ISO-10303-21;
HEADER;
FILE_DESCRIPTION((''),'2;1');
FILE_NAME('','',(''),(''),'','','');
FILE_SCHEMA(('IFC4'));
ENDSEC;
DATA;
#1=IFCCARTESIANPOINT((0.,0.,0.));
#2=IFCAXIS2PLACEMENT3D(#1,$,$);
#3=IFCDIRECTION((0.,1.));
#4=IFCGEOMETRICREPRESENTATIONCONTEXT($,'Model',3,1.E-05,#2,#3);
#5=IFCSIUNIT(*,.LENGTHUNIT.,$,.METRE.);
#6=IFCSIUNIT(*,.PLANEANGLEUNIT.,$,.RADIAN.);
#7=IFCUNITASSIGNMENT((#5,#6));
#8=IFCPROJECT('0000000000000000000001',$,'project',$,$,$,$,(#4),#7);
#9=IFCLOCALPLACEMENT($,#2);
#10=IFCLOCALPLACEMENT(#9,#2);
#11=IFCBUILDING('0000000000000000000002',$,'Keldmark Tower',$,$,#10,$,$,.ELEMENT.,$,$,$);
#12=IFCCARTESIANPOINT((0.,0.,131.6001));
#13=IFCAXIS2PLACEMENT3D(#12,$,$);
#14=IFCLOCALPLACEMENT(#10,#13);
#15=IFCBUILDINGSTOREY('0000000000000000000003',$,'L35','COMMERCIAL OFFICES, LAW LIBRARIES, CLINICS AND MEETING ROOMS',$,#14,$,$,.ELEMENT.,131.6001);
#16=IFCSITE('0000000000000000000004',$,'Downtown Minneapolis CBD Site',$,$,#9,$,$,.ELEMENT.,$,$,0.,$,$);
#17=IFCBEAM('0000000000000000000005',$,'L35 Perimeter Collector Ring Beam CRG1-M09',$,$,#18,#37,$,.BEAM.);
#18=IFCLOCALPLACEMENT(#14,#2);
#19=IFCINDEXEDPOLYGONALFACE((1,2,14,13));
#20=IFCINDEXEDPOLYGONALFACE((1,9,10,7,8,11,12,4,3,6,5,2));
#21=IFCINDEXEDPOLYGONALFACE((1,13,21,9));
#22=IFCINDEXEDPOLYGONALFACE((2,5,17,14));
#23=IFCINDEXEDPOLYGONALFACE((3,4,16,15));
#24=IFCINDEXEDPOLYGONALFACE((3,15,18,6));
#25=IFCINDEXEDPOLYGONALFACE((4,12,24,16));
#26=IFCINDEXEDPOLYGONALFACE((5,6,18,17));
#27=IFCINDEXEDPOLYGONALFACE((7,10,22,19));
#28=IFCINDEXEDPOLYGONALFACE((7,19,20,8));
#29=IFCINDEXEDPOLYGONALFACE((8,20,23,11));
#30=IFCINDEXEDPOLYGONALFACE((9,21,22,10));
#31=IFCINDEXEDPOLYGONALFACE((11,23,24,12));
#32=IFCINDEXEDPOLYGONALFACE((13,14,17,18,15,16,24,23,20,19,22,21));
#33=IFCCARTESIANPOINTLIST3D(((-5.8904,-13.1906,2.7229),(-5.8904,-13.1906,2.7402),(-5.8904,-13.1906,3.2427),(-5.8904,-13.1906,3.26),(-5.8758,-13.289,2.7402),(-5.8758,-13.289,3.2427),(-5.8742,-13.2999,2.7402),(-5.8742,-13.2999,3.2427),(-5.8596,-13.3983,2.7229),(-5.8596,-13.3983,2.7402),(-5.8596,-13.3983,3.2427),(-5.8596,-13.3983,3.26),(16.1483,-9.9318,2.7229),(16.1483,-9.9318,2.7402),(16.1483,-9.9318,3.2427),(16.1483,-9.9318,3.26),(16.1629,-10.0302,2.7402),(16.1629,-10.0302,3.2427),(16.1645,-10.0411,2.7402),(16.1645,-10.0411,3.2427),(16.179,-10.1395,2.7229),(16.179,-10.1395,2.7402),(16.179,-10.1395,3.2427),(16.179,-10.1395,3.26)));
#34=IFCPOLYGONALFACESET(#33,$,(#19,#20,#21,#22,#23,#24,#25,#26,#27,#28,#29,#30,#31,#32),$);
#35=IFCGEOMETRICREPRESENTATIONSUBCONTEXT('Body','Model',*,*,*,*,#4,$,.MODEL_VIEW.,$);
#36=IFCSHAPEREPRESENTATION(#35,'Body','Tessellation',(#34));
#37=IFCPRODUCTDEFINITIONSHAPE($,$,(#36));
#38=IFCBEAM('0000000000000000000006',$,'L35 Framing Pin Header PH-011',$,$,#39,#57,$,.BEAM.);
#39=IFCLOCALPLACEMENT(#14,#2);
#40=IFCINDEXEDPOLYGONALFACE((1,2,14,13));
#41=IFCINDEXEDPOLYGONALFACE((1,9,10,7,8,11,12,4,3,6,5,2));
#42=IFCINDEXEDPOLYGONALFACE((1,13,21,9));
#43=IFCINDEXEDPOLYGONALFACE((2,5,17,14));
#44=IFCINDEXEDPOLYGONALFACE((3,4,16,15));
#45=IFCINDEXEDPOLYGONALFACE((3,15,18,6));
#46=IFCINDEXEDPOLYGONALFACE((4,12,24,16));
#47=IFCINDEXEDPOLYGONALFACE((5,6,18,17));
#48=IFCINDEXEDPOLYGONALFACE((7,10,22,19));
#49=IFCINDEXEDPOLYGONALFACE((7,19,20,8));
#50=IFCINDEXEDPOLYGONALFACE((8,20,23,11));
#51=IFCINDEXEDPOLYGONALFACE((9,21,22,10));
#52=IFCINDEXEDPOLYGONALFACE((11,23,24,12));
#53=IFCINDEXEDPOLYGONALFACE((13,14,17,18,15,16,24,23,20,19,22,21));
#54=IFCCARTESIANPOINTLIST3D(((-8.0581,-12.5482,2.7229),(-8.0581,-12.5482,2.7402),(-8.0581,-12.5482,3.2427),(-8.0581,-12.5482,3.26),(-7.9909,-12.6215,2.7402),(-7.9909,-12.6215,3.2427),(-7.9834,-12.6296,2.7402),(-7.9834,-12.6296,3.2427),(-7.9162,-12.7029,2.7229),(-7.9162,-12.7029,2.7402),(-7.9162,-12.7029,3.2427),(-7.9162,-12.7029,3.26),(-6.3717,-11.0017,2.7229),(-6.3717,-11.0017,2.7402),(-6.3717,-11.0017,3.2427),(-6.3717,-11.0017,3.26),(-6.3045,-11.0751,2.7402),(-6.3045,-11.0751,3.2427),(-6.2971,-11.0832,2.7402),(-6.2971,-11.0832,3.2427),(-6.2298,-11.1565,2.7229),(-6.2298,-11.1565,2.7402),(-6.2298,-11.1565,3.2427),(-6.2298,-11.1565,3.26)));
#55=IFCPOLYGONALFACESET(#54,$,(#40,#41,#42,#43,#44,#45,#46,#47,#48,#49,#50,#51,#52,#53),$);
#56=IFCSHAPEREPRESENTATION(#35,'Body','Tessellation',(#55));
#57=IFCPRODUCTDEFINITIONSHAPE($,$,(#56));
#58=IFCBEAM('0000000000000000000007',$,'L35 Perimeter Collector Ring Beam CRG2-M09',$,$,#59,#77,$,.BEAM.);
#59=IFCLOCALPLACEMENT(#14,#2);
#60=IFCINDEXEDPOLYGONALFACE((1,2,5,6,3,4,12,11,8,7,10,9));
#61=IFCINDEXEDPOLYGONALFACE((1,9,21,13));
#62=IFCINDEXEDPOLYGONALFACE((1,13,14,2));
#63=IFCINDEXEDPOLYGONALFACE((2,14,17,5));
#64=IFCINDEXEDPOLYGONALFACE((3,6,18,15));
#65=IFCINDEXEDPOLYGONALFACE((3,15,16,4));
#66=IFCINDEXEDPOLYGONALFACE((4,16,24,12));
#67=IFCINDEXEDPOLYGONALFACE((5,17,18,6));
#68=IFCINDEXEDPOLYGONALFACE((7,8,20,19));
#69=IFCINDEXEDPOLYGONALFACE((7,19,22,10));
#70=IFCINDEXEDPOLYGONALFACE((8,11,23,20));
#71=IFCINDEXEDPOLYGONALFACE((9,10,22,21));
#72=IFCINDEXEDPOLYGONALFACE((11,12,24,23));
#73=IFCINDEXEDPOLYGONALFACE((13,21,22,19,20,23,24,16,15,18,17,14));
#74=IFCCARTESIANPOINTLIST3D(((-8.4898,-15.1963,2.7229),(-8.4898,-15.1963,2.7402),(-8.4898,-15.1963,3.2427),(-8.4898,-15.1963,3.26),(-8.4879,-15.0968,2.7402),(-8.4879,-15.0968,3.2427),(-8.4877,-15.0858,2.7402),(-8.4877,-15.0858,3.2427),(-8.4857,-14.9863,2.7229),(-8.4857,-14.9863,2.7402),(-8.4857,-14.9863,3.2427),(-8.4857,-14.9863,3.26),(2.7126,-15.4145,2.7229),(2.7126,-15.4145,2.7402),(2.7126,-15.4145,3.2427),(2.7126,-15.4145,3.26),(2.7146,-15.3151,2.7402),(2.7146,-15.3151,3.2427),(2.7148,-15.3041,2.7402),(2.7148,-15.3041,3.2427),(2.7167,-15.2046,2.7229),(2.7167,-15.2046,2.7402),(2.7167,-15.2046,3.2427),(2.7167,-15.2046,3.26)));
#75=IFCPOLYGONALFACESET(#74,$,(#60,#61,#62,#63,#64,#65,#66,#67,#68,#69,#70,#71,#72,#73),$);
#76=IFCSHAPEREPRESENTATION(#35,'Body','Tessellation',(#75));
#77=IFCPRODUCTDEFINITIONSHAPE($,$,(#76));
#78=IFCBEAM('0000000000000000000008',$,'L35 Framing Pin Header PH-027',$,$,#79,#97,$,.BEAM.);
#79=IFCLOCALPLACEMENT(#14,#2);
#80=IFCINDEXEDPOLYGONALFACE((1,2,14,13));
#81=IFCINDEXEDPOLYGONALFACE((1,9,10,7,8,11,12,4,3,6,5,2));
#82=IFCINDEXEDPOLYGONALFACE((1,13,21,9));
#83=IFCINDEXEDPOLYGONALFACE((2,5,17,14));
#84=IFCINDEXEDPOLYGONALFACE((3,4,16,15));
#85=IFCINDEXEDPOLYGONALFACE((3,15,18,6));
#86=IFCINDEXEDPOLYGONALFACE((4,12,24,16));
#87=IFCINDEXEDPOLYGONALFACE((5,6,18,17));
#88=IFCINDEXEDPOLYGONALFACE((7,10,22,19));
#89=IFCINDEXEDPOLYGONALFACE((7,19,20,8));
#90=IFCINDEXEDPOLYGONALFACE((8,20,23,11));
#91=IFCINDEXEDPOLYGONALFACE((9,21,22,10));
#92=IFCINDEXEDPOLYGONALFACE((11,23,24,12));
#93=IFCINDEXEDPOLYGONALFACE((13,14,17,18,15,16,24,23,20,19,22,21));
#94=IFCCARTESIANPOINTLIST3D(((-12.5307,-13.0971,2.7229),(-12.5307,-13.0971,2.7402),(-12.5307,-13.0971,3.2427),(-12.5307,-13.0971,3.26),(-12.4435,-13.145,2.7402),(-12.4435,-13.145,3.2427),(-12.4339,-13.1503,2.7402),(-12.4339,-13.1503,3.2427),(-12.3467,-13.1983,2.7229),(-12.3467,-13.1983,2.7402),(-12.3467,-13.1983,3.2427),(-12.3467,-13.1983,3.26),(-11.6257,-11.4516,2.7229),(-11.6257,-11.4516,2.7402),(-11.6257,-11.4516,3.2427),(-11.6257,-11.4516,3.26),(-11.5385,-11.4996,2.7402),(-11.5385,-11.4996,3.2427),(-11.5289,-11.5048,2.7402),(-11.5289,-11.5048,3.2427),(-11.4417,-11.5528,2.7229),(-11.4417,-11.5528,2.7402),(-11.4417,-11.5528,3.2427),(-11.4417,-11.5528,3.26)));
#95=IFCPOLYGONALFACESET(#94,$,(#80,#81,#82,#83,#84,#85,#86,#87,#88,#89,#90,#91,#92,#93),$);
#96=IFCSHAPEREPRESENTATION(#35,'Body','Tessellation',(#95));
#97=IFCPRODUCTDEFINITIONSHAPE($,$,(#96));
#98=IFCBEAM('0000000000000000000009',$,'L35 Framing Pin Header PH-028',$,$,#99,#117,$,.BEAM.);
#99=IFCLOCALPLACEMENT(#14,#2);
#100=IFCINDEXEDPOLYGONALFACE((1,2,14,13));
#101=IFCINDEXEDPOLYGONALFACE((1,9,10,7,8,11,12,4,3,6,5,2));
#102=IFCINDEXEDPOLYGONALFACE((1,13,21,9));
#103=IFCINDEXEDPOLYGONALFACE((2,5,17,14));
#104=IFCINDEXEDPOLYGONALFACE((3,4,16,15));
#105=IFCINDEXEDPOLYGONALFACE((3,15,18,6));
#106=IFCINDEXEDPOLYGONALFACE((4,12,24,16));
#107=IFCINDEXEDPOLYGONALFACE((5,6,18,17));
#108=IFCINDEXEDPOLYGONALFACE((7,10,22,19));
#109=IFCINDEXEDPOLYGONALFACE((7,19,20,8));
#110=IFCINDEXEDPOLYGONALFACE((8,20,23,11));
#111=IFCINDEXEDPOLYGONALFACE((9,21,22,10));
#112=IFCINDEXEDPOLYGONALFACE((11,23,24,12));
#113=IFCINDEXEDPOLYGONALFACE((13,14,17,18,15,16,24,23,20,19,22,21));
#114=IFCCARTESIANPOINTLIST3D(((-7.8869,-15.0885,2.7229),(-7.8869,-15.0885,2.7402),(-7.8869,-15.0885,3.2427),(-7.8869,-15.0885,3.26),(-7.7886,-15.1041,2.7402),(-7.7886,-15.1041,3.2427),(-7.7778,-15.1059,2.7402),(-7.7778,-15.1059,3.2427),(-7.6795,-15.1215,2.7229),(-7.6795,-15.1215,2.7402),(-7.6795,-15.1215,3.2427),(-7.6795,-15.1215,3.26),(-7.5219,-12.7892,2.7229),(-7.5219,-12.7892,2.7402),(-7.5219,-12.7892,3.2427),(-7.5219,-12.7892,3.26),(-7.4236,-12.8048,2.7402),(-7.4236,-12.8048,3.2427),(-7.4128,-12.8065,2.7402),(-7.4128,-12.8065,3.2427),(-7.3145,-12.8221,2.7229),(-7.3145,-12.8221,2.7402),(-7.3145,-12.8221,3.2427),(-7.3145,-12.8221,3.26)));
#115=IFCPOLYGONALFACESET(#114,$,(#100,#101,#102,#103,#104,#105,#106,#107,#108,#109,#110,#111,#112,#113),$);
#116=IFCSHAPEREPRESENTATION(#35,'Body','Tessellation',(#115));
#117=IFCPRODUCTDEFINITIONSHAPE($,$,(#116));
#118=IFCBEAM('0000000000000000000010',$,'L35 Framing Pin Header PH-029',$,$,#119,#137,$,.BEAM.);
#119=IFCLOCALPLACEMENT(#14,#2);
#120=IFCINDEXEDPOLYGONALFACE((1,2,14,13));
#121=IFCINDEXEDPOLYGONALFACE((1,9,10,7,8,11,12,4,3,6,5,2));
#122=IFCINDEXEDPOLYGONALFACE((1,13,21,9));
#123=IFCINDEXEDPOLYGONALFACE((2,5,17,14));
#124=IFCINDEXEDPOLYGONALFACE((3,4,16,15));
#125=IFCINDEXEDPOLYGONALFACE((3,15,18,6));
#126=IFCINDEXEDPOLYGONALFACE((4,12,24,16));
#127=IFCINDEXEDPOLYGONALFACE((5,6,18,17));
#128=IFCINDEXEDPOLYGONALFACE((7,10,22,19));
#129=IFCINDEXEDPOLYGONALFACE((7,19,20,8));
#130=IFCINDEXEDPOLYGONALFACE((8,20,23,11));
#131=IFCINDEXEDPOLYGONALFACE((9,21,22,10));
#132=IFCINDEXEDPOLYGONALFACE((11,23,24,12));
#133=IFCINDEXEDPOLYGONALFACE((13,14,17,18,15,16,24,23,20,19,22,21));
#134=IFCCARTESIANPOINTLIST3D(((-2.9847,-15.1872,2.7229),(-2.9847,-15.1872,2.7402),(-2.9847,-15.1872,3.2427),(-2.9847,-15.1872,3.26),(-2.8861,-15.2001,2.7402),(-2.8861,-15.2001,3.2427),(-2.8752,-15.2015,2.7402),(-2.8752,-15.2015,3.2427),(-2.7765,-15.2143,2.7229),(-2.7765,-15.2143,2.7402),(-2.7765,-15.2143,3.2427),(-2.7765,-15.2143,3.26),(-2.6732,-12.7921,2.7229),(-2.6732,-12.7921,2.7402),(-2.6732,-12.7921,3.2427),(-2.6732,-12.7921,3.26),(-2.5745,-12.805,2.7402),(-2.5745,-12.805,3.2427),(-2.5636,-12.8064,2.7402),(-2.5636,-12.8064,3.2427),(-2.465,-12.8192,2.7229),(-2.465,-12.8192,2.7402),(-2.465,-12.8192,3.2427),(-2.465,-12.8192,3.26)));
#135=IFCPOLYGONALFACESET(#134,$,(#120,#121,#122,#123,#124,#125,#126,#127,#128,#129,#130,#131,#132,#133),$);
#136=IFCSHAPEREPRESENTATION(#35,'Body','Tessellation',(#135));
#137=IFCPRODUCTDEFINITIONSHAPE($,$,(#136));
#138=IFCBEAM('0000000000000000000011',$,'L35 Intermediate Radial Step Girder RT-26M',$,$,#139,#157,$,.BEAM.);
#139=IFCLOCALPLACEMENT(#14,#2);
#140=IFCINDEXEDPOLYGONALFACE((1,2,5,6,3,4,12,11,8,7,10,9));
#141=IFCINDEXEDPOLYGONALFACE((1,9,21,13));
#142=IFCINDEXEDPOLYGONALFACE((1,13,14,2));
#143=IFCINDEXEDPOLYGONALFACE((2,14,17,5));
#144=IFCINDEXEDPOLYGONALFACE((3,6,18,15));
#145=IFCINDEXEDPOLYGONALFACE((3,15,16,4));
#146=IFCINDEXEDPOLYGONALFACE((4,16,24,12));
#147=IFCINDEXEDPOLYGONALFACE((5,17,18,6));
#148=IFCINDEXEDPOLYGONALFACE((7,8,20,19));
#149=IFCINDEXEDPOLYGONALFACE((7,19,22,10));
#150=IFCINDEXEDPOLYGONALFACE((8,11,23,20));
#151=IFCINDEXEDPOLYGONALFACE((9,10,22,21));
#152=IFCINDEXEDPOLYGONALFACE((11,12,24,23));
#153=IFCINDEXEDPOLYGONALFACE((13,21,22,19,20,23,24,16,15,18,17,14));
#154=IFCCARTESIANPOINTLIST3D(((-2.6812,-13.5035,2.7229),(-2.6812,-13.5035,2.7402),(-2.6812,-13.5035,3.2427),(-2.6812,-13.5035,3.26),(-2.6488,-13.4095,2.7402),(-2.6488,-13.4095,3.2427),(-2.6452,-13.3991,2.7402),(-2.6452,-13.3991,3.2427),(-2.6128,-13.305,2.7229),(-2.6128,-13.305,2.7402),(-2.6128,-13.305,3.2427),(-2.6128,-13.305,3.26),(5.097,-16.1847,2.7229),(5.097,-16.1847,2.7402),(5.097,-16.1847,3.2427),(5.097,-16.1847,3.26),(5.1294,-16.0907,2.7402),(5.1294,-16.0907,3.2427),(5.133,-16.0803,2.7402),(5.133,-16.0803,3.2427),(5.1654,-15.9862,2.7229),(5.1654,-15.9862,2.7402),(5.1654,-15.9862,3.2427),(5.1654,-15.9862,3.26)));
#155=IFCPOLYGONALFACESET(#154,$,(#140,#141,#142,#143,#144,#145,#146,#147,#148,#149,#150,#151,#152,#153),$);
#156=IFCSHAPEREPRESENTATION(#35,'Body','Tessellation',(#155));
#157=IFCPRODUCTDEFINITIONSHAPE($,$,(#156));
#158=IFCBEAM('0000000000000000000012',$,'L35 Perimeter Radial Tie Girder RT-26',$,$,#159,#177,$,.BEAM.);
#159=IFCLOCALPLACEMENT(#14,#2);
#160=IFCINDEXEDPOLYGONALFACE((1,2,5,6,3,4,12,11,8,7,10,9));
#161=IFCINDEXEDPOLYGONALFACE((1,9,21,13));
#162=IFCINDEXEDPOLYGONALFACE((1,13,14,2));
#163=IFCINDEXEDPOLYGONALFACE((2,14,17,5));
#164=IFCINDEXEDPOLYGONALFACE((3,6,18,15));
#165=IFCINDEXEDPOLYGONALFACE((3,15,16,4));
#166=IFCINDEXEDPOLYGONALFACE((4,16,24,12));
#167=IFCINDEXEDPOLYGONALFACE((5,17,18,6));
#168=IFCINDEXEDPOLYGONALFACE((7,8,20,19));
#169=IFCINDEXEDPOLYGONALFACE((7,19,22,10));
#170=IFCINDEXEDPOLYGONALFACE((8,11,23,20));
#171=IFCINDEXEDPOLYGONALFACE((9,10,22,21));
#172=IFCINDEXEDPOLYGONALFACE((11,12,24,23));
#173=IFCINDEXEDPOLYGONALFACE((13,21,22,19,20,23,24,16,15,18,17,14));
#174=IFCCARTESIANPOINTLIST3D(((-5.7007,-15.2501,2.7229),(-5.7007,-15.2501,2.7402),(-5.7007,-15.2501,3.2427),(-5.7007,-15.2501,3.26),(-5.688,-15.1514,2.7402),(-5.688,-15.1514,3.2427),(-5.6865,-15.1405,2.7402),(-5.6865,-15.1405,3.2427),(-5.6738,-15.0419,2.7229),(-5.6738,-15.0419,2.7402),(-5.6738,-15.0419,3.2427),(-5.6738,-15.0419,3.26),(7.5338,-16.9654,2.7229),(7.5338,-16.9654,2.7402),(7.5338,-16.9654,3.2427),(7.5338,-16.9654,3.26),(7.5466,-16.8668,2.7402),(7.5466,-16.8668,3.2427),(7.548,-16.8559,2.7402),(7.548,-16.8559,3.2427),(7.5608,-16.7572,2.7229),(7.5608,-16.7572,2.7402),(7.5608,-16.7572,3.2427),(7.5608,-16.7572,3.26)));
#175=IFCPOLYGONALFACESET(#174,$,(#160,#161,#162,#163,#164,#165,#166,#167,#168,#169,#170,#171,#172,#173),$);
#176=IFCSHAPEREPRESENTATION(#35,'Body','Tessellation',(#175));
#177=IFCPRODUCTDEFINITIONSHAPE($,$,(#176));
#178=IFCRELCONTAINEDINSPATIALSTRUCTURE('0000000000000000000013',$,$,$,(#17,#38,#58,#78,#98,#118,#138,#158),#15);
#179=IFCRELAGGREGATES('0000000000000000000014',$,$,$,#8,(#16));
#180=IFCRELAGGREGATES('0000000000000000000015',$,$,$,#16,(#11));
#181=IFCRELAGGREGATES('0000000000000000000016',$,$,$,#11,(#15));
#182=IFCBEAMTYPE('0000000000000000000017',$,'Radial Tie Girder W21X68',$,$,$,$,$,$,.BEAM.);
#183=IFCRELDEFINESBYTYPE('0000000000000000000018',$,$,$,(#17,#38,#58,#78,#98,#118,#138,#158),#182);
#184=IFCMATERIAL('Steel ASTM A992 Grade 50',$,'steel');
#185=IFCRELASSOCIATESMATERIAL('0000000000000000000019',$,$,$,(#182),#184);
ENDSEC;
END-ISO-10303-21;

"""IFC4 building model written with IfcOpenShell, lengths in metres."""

from ifc_helpers import new_model, si_unit, direction, frame, origin, origin_2d, place, context, subcontext, project, spatial, i_section, extrude, material, material_profile, profile_set, type_object, element, save


model = new_model("IFC4")

# Units and contexts
model_context = context("Model", 3, precision=1e-05, world=origin(), true_north=direction((0.0, 1.0)))
body_context = subcontext(model_context, "Body", "Model", "MODEL_VIEW")
ifc_project = project(units=[si_unit("LENGTHUNIT", "METRE"), si_unit("PLANEANGLEUNIT", "RADIAN")], contexts=[model_context])

# Site, building, storey
site_placement = place(None, origin())
site = spatial("IfcSite", under=ifc_project, at=site_placement, Name="Downtown Minneapolis CBD Site", CompositionType="ELEMENT", RefElevation=0.0)
building_placement = place(site_placement, origin())
building = spatial("IfcBuilding", under=site, at=building_placement, Name="Keldmark Tower", CompositionType="ELEMENT")
storey_placement = place(building_placement, frame((0.0, 0.0, 131.6001)))
storey = spatial("IfcBuildingStorey", under=building, at=storey_placement, Name="L35", Description="COMMERCIAL OFFICES, LAW LIBRARIES, CLINICS AND MEETING ROOMS", CompositionType="ELEMENT", Elevation=131.6001)

# Beams
ifc_material_1 = material(Name="Steel ASTM A992 Grade 50", Category="steel")
ifc_material_profile_1 = material_profile(ifc_material_1, i_section(OverallWidth=0.21, OverallDepth=0.5371, WebThickness=0.011, FlangeThickness=0.0173, at=origin_2d()), Name="W21X68")
ifc_profile_set_1 = profile_set([ifc_material_profile_1], Name="Steel ASTM A992 Grade 50")
beam_type_1 = type_object("IfcBeamType", Name="Radial Tie Girder W21X68", PredefinedType="BEAM", material=ifc_profile_set_1)
beam_1_placement = place(storey_placement, frame((-5.875, -13.2944, 2.9915), z_axis=(0.989244, 0.146277, 0.0), x_axis=(-0.146277, 0.989244, 0.0)))
element("IfcBeam", 1, at=beam_1_placement, inside=storey, type_object=beam_type_1, Name="L35 Perimeter Collector Ring Beam CRG1-M09", PredefinedType="BEAM", context=body_context, shape_type="SweptSolid", body=[
    extrude(i_section(OverallWidth=0.21, OverallDepth=0.5371, WebThickness=0.011, FlangeThickness=0.0173, at=origin_2d()), origin(), (0.0, 0.0, 1.0), 22.2783),
])
beam_2_placement = place(storey_placement, frame((-6.3008, -11.0791, 2.9915), z_axis=(-0.737017, -0.675874, 0.0), x_axis=(0.675874, -0.737017, 0.0)))
element("IfcBeam", 2, at=beam_2_placement, inside=storey, type_object=beam_type_1, Name="L35 Framing Pin Header PH-011", PredefinedType="BEAM", context=body_context, shape_type="SweptSolid", body=[
    extrude(i_section(OverallWidth=0.21, OverallDepth=0.5371, WebThickness=0.011, FlangeThickness=0.0173, at=origin_2d()), origin(), (0.0, 0.0, 1.0), 2.2881),
])
beam_3_placement = place(storey_placement, frame((-8.4878, -15.0913, 2.9915), z_axis=(0.99981, -0.01948, 0.0), x_axis=(0.01948, 0.99981, 0.0)))
element("IfcBeam", 3, at=beam_3_placement, inside=storey, type_object=beam_type_1, Name="L35 Perimeter Collector Ring Beam CRG2-M09", PredefinedType="BEAM", context=body_context, shape_type="SweptSolid", body=[
    extrude(i_section(OverallWidth=0.21, OverallDepth=0.5371, WebThickness=0.011, FlangeThickness=0.0173, at=origin_2d()), origin(), (0.0, 0.0, 1.0), 11.2046),
])
beam_4_placement = place(storey_placement, frame((-11.5337, -11.5022, 2.9915), z_axis=(-0.481919, -0.876216, 0.0), x_axis=(0.876216, -0.481919, 0.0)))
element("IfcBeam", 4, at=beam_4_placement, inside=storey, type_object=beam_type_1, Name="L35 Framing Pin Header PH-027", PredefinedType="BEAM", context=body_context, shape_type="SweptSolid", body=[
    extrude(i_section(OverallWidth=0.21, OverallDepth=0.5371, WebThickness=0.011, FlangeThickness=0.0173, at=origin_2d()), origin(), (0.0, 0.0, 1.0), 1.8779),
])
beam_5_placement = place(storey_placement, frame((-7.4182, -12.8057, 2.9915), z_axis=(-0.156776, -0.987634, 0.0), x_axis=(0.987634, -0.156776, 0.0)))
element("IfcBeam", 5, at=beam_5_placement, inside=storey, type_object=beam_type_1, Name="L35 Framing Pin Header PH-028", PredefinedType="BEAM", context=body_context, shape_type="SweptSolid", body=[
    extrude(i_section(OverallWidth=0.21, OverallDepth=0.5371, WebThickness=0.011, FlangeThickness=0.0173, at=origin_2d()), origin(), (0.0, 0.0, 1.0), 2.3281),
])
beam_6_placement = place(storey_placement, frame((-2.5691, -12.8057, 2.9915), z_axis=(-0.128985, -0.991647, 0.0), x_axis=(0.991647, -0.128985, 0.0)))
element("IfcBeam", 6, at=beam_6_placement, inside=storey, type_object=beam_type_1, Name="L35 Framing Pin Header PH-029", PredefinedType="BEAM", context=body_context, shape_type="SweptSolid", body=[
    extrude(i_section(OverallWidth=0.21, OverallDepth=0.5371, WebThickness=0.011, FlangeThickness=0.0173, at=origin_2d()), origin(), (0.0, 0.0, 1.0), 2.4153),
])
beam_7_placement = place(storey_placement, frame((-2.647, -13.4043, 2.9915), z_axis=(0.945408, -0.325888, 0.0), x_axis=(0.325888, 0.945408, 0.0)))
element("IfcBeam", 7, at=beam_7_placement, inside=storey, type_object=beam_type_1, Name="L35 Intermediate Radial Step Girder RT-26M", PredefinedType="BEAM", context=body_context, shape_type="SweptSolid", body=[
    extrude(i_section(OverallWidth=0.21, OverallDepth=0.5371, WebThickness=0.011, FlangeThickness=0.0173, at=origin_2d()), origin(), (0.0, 0.0, 1.0), 8.2273),
])
beam_8_placement = place(storey_placement, frame((-5.6873, -15.146, 2.9915), z_axis=(0.991705, -0.128534, 0.0), x_axis=(0.128534, 0.991705, 0.0)))
element("IfcBeam", 8, at=beam_8_placement, inside=storey, type_object=beam_type_1, Name="L35 Perimeter Radial Tie Girder RT-26", PredefinedType="BEAM", context=body_context, shape_type="SweptSolid", body=[
    extrude(i_section(OverallWidth=0.21, OverallDepth=0.5371, WebThickness=0.011, FlangeThickness=0.0173, at=origin_2d()), origin(), (0.0, 0.0, 1.0), 13.3452),
])

save(model, "model.ifc")
